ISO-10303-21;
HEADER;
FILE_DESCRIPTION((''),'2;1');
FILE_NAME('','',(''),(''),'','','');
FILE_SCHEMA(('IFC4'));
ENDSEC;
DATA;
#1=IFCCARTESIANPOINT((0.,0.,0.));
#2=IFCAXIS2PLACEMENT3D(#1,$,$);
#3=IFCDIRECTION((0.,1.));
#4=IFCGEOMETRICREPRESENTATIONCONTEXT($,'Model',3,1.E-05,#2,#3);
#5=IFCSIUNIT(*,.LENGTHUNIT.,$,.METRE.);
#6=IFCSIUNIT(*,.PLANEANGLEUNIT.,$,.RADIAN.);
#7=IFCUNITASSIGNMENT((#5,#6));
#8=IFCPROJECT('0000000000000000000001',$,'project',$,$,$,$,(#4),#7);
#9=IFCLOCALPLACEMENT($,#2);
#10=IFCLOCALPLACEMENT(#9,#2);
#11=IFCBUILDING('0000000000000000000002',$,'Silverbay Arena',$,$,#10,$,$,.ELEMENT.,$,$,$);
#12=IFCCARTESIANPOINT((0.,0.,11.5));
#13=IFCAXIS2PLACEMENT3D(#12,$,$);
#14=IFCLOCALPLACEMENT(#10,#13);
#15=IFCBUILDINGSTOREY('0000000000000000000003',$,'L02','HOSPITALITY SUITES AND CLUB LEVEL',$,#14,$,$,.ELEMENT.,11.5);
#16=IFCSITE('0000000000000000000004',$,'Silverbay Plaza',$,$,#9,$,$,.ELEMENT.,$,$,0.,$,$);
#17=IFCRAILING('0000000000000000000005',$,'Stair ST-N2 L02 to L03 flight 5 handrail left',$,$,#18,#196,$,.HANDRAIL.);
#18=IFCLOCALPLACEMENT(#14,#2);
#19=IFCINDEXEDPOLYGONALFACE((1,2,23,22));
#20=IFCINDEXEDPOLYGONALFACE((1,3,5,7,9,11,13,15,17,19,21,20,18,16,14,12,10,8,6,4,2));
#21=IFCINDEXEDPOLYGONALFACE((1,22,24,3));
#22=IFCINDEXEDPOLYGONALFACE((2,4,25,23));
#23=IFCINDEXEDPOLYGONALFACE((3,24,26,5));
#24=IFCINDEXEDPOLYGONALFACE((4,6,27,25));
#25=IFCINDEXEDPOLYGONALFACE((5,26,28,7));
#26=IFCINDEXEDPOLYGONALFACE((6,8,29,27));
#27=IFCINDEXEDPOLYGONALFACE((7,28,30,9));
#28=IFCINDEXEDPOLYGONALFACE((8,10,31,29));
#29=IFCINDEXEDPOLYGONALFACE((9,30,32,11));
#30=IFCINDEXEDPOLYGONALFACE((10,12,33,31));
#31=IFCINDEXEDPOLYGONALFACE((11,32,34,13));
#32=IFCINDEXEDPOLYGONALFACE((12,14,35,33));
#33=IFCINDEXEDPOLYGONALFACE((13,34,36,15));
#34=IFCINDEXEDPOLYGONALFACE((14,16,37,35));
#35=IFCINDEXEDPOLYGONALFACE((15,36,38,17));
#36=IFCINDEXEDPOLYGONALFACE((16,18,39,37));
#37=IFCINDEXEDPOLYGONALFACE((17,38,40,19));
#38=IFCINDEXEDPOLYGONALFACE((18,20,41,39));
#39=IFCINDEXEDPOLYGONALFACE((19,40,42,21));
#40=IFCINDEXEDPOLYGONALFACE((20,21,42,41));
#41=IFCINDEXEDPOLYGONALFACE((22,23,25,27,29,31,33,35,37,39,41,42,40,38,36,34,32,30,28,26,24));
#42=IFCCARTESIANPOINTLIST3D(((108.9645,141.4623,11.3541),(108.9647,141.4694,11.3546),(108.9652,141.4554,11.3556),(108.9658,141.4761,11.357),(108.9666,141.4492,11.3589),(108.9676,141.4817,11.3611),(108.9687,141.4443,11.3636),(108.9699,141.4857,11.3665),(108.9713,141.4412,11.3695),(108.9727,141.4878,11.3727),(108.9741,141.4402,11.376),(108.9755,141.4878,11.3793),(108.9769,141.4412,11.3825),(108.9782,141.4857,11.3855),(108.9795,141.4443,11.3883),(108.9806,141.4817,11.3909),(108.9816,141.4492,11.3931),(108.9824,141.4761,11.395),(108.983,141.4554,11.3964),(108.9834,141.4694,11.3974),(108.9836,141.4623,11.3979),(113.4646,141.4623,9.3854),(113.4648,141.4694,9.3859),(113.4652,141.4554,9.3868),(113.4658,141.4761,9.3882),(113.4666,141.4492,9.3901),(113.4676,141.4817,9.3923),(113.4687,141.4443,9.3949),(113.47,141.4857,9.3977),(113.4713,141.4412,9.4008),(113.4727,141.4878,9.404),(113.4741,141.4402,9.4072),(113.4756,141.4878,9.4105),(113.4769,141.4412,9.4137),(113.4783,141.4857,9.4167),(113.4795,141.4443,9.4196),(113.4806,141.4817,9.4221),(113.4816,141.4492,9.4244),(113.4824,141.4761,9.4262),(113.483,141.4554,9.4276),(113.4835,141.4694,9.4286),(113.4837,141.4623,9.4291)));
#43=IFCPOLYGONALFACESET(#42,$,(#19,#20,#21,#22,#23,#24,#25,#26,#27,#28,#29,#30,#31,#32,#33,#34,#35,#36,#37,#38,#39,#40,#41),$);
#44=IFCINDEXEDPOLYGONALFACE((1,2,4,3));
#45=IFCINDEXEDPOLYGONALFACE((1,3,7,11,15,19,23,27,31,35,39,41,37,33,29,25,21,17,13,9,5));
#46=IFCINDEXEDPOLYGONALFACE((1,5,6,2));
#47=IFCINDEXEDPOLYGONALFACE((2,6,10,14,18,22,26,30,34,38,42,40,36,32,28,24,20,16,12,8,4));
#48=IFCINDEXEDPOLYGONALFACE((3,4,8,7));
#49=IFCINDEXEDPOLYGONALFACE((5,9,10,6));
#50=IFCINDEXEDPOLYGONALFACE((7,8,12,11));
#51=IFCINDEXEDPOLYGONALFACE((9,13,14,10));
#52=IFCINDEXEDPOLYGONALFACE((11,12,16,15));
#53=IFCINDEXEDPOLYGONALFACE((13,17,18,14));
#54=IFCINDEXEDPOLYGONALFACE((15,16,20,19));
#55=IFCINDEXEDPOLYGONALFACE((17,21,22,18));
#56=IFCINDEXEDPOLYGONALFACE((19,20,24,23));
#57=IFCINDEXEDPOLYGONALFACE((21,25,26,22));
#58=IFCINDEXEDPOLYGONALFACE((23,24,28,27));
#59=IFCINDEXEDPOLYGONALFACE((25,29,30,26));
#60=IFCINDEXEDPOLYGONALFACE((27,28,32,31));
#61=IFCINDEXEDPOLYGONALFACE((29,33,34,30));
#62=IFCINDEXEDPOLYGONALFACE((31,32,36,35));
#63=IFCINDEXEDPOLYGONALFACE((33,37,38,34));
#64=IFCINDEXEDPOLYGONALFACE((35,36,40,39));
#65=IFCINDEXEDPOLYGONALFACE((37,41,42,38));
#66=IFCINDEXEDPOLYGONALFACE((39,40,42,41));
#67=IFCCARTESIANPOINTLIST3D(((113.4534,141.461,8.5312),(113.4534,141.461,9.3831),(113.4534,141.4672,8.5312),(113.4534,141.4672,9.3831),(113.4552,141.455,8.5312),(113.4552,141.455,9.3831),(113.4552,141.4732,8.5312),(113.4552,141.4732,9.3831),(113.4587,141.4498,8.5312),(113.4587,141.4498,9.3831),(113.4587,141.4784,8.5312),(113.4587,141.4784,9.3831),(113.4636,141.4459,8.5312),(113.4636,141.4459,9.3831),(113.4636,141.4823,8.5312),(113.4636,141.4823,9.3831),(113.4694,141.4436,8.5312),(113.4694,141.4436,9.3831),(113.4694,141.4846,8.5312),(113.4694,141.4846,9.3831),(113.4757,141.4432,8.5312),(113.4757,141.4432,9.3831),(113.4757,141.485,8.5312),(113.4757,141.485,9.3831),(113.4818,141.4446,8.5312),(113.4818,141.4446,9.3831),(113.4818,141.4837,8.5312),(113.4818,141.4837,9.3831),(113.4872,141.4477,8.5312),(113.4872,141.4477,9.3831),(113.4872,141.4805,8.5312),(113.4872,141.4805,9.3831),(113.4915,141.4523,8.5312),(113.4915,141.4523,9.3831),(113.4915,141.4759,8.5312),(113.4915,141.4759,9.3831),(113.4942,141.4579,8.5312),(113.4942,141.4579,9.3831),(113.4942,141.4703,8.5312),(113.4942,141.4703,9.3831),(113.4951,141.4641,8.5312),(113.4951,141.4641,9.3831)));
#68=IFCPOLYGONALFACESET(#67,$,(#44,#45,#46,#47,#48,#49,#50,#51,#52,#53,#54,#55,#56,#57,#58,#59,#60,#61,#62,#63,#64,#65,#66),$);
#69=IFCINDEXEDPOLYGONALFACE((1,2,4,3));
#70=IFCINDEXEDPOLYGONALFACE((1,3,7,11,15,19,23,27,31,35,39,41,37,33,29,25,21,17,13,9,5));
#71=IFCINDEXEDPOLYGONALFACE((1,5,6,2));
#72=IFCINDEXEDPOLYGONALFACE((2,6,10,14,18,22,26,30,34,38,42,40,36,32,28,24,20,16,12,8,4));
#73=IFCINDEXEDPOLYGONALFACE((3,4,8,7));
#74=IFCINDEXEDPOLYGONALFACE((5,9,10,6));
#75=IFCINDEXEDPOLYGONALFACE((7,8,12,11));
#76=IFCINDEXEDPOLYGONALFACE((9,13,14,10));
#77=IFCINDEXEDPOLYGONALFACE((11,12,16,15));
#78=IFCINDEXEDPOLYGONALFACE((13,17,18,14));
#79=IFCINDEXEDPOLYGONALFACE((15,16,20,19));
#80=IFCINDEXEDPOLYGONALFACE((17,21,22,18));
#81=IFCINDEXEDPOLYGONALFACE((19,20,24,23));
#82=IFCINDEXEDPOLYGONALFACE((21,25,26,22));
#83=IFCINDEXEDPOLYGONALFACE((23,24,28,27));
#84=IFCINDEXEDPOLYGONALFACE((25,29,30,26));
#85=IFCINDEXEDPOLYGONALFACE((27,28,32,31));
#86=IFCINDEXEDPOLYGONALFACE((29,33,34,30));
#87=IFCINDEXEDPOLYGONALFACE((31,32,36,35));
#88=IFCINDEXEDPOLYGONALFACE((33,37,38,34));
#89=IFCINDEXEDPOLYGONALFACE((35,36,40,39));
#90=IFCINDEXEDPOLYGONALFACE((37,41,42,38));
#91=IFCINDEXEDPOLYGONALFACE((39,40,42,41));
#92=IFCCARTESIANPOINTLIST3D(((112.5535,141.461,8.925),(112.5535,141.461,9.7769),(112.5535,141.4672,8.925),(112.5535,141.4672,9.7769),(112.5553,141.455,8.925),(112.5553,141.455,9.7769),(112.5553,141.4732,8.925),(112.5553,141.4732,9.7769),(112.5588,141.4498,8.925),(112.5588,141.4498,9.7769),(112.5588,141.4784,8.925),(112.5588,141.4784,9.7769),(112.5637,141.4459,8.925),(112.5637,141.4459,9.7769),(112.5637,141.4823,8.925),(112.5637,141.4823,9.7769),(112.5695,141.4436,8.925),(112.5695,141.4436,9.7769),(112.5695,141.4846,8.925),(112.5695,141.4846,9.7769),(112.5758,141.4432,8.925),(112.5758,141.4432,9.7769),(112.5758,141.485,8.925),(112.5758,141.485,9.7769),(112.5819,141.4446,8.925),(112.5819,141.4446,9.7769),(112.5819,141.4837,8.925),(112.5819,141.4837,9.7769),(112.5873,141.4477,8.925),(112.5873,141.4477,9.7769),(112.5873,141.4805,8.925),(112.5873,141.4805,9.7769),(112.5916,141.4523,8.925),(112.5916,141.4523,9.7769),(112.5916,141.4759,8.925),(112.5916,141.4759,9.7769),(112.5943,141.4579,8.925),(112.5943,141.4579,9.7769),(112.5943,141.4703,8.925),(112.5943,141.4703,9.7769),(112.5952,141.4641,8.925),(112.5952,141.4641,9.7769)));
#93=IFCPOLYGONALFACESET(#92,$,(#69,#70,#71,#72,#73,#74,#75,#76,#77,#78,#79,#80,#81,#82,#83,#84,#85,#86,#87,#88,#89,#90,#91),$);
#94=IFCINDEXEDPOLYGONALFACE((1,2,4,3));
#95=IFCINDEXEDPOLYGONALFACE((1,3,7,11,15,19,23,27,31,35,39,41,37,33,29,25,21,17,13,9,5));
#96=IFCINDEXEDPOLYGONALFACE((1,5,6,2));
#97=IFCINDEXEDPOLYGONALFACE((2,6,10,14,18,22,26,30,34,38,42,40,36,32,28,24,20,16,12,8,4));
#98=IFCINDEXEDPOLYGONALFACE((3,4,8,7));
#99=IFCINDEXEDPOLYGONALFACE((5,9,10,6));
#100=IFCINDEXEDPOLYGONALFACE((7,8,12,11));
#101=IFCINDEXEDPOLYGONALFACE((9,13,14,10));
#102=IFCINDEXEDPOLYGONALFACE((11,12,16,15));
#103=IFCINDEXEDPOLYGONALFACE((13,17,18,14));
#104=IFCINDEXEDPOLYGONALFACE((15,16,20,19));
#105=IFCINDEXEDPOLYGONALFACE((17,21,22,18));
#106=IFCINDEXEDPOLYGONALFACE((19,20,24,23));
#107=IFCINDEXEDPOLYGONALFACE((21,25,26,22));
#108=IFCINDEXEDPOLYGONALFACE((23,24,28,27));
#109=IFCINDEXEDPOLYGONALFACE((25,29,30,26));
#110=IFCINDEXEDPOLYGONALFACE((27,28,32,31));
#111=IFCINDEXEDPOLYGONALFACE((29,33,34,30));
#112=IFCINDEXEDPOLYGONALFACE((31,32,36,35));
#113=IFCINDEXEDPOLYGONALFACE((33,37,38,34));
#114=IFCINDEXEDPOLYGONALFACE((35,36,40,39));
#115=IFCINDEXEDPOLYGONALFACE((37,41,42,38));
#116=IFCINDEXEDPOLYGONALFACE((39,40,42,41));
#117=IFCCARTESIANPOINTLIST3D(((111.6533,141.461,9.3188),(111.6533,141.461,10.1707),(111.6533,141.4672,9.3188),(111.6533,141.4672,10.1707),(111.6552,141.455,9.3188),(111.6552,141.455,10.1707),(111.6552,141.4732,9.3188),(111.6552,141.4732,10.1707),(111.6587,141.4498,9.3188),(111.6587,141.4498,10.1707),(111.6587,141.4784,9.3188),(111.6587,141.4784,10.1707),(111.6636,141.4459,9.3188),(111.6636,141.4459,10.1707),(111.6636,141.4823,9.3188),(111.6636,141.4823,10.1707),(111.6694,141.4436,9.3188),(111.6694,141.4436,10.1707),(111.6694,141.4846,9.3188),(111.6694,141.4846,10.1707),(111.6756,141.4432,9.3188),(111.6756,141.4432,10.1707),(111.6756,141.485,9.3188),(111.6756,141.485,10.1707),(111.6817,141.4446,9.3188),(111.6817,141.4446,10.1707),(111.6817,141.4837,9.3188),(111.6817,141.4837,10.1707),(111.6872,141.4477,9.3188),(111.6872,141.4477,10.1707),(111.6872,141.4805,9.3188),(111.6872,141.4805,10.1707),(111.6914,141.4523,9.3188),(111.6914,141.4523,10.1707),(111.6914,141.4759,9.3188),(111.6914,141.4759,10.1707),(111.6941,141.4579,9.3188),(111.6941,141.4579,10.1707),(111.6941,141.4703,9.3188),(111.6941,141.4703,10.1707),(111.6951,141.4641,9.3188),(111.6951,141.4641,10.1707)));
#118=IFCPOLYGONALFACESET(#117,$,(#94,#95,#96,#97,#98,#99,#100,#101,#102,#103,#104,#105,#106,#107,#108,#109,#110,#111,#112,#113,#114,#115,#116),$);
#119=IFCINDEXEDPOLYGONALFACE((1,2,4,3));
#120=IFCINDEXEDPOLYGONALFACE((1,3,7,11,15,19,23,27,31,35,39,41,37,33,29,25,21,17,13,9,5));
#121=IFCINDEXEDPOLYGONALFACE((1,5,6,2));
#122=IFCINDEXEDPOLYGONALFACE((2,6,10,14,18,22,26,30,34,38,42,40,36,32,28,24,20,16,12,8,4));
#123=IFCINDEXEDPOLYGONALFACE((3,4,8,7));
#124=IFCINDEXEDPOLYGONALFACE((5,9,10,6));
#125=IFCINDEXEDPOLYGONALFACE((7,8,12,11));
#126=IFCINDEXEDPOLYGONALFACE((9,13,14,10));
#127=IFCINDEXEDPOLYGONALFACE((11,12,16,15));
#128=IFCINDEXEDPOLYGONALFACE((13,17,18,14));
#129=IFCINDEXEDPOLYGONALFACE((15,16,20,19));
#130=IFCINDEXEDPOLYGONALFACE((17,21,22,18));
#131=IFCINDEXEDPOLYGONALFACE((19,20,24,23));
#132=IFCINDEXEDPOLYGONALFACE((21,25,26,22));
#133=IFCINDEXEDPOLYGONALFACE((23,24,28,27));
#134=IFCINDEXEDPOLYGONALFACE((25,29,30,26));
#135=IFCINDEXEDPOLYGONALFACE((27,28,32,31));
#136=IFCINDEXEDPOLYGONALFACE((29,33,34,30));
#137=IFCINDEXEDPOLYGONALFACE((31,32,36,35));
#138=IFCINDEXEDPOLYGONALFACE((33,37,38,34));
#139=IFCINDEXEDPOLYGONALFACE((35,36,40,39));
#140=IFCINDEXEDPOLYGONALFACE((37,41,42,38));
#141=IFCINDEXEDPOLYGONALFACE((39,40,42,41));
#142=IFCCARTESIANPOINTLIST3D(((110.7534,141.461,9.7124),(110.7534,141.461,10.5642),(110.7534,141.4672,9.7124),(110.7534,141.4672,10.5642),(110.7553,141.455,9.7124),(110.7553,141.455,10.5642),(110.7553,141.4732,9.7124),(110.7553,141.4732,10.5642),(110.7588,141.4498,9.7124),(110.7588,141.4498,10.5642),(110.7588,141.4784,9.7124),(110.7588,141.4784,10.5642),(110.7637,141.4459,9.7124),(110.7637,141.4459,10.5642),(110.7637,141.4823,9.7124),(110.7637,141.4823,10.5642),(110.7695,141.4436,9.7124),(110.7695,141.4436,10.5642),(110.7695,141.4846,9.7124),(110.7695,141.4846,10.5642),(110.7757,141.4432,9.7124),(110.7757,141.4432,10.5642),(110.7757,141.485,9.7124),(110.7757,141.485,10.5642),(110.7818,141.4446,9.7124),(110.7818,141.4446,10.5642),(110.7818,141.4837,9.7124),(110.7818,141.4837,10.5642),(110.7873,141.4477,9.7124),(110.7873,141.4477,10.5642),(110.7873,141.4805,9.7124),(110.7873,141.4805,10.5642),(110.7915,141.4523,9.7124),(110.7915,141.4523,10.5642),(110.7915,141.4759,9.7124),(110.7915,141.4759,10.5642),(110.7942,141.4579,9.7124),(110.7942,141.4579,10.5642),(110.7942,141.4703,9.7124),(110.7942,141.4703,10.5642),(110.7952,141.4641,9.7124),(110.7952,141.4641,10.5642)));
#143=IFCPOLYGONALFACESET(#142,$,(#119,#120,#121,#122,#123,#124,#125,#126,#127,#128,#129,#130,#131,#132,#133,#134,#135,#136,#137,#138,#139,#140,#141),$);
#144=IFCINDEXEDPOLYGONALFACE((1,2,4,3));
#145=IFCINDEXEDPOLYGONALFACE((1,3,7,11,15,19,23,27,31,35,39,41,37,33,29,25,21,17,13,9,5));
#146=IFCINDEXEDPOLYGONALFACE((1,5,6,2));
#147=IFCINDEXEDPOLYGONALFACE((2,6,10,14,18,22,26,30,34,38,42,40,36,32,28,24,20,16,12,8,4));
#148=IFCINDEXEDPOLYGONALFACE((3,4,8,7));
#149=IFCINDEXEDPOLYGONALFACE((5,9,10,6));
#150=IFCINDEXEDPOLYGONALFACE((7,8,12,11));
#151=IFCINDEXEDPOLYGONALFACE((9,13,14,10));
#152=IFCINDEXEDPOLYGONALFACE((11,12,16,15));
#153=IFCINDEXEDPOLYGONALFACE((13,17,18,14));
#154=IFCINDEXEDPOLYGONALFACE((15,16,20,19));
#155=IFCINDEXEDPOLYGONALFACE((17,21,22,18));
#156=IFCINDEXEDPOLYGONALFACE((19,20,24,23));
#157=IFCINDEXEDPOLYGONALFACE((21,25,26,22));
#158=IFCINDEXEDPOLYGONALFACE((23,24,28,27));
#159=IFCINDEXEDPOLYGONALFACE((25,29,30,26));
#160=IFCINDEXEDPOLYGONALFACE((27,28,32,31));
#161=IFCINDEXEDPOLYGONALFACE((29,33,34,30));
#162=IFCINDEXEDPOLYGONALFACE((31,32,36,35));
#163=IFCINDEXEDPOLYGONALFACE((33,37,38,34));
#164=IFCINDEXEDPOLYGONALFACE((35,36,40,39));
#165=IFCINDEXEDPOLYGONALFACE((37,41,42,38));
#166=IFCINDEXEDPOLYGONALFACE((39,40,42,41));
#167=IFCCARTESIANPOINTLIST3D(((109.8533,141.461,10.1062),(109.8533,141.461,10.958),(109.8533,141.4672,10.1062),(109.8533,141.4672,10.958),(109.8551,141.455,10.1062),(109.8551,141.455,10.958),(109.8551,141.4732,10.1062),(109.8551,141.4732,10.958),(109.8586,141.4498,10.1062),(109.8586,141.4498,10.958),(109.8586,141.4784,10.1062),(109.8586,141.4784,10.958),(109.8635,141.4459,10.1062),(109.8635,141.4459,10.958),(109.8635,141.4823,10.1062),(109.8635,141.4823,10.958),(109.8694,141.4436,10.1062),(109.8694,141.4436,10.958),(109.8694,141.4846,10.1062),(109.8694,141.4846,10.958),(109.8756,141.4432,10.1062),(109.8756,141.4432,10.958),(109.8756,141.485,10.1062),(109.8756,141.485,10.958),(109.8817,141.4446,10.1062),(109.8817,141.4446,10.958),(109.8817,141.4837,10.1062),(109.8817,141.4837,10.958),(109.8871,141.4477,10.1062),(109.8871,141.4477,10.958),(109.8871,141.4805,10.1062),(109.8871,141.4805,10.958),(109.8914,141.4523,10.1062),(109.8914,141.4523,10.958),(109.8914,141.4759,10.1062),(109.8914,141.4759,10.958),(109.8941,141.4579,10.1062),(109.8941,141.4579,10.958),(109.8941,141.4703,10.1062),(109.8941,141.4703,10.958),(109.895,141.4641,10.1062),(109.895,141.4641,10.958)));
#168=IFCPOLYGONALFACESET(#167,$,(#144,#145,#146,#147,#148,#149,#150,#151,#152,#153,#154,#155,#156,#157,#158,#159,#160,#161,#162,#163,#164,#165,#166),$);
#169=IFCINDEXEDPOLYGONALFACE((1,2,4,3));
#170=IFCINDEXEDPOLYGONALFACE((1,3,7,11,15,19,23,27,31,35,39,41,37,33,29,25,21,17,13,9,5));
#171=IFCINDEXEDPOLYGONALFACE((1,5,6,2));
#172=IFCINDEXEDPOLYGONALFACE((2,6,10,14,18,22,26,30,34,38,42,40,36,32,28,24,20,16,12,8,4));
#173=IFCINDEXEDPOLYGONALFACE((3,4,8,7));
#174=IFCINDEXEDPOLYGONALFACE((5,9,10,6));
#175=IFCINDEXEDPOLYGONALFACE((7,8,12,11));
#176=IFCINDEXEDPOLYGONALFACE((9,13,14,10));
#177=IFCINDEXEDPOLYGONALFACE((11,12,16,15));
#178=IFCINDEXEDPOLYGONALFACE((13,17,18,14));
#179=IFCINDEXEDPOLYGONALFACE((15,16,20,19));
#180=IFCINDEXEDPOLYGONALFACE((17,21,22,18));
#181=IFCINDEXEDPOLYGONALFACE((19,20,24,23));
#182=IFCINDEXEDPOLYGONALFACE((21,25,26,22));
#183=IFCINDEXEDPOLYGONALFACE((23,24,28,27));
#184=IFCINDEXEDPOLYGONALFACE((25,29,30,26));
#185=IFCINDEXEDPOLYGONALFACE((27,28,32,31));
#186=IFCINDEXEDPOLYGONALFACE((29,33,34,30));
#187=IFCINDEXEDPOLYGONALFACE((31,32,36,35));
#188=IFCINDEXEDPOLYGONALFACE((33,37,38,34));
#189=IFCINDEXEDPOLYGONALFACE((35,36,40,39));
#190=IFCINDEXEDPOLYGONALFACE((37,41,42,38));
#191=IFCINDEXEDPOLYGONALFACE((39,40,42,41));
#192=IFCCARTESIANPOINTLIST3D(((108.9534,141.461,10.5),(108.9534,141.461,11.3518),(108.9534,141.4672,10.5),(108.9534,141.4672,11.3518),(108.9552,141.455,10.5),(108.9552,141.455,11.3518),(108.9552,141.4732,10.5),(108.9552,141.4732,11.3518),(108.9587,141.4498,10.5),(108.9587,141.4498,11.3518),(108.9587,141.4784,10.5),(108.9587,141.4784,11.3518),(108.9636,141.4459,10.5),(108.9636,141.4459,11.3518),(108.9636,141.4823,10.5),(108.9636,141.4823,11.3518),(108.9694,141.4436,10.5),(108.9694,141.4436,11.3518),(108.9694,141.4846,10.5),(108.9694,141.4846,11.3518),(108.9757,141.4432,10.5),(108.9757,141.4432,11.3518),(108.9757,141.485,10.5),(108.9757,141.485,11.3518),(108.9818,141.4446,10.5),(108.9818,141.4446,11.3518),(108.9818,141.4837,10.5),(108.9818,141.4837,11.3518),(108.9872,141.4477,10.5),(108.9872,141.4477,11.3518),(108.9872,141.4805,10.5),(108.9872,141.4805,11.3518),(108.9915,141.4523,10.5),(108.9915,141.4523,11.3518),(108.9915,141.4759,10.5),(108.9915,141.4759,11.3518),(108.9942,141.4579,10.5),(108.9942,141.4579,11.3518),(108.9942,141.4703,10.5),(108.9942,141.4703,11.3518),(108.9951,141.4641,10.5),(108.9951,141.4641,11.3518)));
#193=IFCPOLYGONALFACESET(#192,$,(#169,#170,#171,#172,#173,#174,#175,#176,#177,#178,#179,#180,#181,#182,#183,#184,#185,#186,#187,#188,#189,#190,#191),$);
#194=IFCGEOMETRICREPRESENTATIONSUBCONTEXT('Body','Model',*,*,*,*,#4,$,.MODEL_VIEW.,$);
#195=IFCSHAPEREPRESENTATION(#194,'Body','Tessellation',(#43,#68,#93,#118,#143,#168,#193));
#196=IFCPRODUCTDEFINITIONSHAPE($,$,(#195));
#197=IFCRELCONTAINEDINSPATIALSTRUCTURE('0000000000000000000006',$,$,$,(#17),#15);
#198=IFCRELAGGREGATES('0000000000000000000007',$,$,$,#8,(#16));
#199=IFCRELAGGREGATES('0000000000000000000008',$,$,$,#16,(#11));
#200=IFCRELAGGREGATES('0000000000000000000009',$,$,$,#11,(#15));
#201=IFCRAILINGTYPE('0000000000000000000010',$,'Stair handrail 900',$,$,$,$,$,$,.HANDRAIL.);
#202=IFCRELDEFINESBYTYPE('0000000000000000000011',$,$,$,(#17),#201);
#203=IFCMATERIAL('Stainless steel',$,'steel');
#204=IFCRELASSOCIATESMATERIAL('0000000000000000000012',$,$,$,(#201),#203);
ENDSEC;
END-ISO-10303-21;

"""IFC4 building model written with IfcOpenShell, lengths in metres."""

from ifc_helpers import new_model, si_unit, direction, frame, origin, origin_2d, place, context, subcontext, project, spatial, circle, extrude, material, type_object, element, save


model = new_model("IFC4")

# Units and contexts
model_context = context("Model", 3, precision=1e-05, world=origin(), true_north=direction((0.0, 1.0)))
body_context = subcontext(model_context, "Body", "Model", "MODEL_VIEW")
ifc_project = project(units=[si_unit("LENGTHUNIT", "METRE"), si_unit("PLANEANGLEUNIT", "RADIAN")], contexts=[model_context])

# Site, building, storey
site_placement = place(None, origin())
site = spatial("IfcSite", under=ifc_project, at=site_placement, Name="Silverbay Plaza", CompositionType="ELEMENT", RefElevation=0.0)
building_placement = place(site_placement, origin())
building = spatial("IfcBuilding", under=site, at=building_placement, Name="Silverbay Arena", CompositionType="ELEMENT")
storey_placement = place(building_placement, frame((0.0, 0.0, 11.5)))
storey = spatial("IfcBuildingStorey", under=building, at=storey_placement, Name="L02", Description="HOSPITALITY SUITES AND CLUB LEVEL", CompositionType="ELEMENT", Elevation=11.5)

# Railing
ifc_material_1 = material(Name="Stainless steel", Category="steel")
railing_type_1 = type_object("IfcRailingType", Name="Stair handrail 900", PredefinedType="HANDRAIL", material=ifc_material_1)
for number, where, name in (
    (1, (113.4741, 141.4641, 8.5312), "Stair ST-N2 L02 to L03 flight 5 handrail left"),
):
    element("IfcRailing", number, at=place(storey_placement, frame(where)), inside=storey, type_object=railing_type_1, Name=name, PredefinedType="HANDRAIL", context=body_context, shape_type="SweptSolid", body=[
        extrude(circle(Radius=0.0239, at=origin_2d()), frame((0.0, 0.0, 0.876), z_axis=(-0.916157, 0.0, 0.400819), x_axis=(0.0, -1.0, 0.0)), (0.0, 0.0, 1.0), 4.9119),
        extrude(circle(Radius=0.021, at=origin_2d()), origin(), (0.0, 0.0, 1.0), 0.8518),
        extrude(circle(Radius=0.021, at=origin_2d()), frame((-0.8999, 0.0, 0.3938)), (0.0, 0.0, 1.0), 0.8518),
        extrude(circle(Radius=0.021, at=origin_2d()), frame((-1.8, 0.0, 0.7876)), (0.0, 0.0, 1.0), 0.8518),
        extrude(circle(Radius=0.021, at=origin_2d()), frame((-2.7, 0.0, 1.1812)), (0.0, 0.0, 1.0), 0.8518),
        extrude(circle(Radius=0.021, at=origin_2d()), frame((-3.6001, 0.0, 1.575)), (0.0, 0.0, 1.0), 0.8518),
        extrude(circle(Radius=0.021, at=origin_2d()), frame((-4.5, 0.0, 1.9688)), (0.0, 0.0, 1.0), 0.8518),
    ])

save(model, "model.ifc")
